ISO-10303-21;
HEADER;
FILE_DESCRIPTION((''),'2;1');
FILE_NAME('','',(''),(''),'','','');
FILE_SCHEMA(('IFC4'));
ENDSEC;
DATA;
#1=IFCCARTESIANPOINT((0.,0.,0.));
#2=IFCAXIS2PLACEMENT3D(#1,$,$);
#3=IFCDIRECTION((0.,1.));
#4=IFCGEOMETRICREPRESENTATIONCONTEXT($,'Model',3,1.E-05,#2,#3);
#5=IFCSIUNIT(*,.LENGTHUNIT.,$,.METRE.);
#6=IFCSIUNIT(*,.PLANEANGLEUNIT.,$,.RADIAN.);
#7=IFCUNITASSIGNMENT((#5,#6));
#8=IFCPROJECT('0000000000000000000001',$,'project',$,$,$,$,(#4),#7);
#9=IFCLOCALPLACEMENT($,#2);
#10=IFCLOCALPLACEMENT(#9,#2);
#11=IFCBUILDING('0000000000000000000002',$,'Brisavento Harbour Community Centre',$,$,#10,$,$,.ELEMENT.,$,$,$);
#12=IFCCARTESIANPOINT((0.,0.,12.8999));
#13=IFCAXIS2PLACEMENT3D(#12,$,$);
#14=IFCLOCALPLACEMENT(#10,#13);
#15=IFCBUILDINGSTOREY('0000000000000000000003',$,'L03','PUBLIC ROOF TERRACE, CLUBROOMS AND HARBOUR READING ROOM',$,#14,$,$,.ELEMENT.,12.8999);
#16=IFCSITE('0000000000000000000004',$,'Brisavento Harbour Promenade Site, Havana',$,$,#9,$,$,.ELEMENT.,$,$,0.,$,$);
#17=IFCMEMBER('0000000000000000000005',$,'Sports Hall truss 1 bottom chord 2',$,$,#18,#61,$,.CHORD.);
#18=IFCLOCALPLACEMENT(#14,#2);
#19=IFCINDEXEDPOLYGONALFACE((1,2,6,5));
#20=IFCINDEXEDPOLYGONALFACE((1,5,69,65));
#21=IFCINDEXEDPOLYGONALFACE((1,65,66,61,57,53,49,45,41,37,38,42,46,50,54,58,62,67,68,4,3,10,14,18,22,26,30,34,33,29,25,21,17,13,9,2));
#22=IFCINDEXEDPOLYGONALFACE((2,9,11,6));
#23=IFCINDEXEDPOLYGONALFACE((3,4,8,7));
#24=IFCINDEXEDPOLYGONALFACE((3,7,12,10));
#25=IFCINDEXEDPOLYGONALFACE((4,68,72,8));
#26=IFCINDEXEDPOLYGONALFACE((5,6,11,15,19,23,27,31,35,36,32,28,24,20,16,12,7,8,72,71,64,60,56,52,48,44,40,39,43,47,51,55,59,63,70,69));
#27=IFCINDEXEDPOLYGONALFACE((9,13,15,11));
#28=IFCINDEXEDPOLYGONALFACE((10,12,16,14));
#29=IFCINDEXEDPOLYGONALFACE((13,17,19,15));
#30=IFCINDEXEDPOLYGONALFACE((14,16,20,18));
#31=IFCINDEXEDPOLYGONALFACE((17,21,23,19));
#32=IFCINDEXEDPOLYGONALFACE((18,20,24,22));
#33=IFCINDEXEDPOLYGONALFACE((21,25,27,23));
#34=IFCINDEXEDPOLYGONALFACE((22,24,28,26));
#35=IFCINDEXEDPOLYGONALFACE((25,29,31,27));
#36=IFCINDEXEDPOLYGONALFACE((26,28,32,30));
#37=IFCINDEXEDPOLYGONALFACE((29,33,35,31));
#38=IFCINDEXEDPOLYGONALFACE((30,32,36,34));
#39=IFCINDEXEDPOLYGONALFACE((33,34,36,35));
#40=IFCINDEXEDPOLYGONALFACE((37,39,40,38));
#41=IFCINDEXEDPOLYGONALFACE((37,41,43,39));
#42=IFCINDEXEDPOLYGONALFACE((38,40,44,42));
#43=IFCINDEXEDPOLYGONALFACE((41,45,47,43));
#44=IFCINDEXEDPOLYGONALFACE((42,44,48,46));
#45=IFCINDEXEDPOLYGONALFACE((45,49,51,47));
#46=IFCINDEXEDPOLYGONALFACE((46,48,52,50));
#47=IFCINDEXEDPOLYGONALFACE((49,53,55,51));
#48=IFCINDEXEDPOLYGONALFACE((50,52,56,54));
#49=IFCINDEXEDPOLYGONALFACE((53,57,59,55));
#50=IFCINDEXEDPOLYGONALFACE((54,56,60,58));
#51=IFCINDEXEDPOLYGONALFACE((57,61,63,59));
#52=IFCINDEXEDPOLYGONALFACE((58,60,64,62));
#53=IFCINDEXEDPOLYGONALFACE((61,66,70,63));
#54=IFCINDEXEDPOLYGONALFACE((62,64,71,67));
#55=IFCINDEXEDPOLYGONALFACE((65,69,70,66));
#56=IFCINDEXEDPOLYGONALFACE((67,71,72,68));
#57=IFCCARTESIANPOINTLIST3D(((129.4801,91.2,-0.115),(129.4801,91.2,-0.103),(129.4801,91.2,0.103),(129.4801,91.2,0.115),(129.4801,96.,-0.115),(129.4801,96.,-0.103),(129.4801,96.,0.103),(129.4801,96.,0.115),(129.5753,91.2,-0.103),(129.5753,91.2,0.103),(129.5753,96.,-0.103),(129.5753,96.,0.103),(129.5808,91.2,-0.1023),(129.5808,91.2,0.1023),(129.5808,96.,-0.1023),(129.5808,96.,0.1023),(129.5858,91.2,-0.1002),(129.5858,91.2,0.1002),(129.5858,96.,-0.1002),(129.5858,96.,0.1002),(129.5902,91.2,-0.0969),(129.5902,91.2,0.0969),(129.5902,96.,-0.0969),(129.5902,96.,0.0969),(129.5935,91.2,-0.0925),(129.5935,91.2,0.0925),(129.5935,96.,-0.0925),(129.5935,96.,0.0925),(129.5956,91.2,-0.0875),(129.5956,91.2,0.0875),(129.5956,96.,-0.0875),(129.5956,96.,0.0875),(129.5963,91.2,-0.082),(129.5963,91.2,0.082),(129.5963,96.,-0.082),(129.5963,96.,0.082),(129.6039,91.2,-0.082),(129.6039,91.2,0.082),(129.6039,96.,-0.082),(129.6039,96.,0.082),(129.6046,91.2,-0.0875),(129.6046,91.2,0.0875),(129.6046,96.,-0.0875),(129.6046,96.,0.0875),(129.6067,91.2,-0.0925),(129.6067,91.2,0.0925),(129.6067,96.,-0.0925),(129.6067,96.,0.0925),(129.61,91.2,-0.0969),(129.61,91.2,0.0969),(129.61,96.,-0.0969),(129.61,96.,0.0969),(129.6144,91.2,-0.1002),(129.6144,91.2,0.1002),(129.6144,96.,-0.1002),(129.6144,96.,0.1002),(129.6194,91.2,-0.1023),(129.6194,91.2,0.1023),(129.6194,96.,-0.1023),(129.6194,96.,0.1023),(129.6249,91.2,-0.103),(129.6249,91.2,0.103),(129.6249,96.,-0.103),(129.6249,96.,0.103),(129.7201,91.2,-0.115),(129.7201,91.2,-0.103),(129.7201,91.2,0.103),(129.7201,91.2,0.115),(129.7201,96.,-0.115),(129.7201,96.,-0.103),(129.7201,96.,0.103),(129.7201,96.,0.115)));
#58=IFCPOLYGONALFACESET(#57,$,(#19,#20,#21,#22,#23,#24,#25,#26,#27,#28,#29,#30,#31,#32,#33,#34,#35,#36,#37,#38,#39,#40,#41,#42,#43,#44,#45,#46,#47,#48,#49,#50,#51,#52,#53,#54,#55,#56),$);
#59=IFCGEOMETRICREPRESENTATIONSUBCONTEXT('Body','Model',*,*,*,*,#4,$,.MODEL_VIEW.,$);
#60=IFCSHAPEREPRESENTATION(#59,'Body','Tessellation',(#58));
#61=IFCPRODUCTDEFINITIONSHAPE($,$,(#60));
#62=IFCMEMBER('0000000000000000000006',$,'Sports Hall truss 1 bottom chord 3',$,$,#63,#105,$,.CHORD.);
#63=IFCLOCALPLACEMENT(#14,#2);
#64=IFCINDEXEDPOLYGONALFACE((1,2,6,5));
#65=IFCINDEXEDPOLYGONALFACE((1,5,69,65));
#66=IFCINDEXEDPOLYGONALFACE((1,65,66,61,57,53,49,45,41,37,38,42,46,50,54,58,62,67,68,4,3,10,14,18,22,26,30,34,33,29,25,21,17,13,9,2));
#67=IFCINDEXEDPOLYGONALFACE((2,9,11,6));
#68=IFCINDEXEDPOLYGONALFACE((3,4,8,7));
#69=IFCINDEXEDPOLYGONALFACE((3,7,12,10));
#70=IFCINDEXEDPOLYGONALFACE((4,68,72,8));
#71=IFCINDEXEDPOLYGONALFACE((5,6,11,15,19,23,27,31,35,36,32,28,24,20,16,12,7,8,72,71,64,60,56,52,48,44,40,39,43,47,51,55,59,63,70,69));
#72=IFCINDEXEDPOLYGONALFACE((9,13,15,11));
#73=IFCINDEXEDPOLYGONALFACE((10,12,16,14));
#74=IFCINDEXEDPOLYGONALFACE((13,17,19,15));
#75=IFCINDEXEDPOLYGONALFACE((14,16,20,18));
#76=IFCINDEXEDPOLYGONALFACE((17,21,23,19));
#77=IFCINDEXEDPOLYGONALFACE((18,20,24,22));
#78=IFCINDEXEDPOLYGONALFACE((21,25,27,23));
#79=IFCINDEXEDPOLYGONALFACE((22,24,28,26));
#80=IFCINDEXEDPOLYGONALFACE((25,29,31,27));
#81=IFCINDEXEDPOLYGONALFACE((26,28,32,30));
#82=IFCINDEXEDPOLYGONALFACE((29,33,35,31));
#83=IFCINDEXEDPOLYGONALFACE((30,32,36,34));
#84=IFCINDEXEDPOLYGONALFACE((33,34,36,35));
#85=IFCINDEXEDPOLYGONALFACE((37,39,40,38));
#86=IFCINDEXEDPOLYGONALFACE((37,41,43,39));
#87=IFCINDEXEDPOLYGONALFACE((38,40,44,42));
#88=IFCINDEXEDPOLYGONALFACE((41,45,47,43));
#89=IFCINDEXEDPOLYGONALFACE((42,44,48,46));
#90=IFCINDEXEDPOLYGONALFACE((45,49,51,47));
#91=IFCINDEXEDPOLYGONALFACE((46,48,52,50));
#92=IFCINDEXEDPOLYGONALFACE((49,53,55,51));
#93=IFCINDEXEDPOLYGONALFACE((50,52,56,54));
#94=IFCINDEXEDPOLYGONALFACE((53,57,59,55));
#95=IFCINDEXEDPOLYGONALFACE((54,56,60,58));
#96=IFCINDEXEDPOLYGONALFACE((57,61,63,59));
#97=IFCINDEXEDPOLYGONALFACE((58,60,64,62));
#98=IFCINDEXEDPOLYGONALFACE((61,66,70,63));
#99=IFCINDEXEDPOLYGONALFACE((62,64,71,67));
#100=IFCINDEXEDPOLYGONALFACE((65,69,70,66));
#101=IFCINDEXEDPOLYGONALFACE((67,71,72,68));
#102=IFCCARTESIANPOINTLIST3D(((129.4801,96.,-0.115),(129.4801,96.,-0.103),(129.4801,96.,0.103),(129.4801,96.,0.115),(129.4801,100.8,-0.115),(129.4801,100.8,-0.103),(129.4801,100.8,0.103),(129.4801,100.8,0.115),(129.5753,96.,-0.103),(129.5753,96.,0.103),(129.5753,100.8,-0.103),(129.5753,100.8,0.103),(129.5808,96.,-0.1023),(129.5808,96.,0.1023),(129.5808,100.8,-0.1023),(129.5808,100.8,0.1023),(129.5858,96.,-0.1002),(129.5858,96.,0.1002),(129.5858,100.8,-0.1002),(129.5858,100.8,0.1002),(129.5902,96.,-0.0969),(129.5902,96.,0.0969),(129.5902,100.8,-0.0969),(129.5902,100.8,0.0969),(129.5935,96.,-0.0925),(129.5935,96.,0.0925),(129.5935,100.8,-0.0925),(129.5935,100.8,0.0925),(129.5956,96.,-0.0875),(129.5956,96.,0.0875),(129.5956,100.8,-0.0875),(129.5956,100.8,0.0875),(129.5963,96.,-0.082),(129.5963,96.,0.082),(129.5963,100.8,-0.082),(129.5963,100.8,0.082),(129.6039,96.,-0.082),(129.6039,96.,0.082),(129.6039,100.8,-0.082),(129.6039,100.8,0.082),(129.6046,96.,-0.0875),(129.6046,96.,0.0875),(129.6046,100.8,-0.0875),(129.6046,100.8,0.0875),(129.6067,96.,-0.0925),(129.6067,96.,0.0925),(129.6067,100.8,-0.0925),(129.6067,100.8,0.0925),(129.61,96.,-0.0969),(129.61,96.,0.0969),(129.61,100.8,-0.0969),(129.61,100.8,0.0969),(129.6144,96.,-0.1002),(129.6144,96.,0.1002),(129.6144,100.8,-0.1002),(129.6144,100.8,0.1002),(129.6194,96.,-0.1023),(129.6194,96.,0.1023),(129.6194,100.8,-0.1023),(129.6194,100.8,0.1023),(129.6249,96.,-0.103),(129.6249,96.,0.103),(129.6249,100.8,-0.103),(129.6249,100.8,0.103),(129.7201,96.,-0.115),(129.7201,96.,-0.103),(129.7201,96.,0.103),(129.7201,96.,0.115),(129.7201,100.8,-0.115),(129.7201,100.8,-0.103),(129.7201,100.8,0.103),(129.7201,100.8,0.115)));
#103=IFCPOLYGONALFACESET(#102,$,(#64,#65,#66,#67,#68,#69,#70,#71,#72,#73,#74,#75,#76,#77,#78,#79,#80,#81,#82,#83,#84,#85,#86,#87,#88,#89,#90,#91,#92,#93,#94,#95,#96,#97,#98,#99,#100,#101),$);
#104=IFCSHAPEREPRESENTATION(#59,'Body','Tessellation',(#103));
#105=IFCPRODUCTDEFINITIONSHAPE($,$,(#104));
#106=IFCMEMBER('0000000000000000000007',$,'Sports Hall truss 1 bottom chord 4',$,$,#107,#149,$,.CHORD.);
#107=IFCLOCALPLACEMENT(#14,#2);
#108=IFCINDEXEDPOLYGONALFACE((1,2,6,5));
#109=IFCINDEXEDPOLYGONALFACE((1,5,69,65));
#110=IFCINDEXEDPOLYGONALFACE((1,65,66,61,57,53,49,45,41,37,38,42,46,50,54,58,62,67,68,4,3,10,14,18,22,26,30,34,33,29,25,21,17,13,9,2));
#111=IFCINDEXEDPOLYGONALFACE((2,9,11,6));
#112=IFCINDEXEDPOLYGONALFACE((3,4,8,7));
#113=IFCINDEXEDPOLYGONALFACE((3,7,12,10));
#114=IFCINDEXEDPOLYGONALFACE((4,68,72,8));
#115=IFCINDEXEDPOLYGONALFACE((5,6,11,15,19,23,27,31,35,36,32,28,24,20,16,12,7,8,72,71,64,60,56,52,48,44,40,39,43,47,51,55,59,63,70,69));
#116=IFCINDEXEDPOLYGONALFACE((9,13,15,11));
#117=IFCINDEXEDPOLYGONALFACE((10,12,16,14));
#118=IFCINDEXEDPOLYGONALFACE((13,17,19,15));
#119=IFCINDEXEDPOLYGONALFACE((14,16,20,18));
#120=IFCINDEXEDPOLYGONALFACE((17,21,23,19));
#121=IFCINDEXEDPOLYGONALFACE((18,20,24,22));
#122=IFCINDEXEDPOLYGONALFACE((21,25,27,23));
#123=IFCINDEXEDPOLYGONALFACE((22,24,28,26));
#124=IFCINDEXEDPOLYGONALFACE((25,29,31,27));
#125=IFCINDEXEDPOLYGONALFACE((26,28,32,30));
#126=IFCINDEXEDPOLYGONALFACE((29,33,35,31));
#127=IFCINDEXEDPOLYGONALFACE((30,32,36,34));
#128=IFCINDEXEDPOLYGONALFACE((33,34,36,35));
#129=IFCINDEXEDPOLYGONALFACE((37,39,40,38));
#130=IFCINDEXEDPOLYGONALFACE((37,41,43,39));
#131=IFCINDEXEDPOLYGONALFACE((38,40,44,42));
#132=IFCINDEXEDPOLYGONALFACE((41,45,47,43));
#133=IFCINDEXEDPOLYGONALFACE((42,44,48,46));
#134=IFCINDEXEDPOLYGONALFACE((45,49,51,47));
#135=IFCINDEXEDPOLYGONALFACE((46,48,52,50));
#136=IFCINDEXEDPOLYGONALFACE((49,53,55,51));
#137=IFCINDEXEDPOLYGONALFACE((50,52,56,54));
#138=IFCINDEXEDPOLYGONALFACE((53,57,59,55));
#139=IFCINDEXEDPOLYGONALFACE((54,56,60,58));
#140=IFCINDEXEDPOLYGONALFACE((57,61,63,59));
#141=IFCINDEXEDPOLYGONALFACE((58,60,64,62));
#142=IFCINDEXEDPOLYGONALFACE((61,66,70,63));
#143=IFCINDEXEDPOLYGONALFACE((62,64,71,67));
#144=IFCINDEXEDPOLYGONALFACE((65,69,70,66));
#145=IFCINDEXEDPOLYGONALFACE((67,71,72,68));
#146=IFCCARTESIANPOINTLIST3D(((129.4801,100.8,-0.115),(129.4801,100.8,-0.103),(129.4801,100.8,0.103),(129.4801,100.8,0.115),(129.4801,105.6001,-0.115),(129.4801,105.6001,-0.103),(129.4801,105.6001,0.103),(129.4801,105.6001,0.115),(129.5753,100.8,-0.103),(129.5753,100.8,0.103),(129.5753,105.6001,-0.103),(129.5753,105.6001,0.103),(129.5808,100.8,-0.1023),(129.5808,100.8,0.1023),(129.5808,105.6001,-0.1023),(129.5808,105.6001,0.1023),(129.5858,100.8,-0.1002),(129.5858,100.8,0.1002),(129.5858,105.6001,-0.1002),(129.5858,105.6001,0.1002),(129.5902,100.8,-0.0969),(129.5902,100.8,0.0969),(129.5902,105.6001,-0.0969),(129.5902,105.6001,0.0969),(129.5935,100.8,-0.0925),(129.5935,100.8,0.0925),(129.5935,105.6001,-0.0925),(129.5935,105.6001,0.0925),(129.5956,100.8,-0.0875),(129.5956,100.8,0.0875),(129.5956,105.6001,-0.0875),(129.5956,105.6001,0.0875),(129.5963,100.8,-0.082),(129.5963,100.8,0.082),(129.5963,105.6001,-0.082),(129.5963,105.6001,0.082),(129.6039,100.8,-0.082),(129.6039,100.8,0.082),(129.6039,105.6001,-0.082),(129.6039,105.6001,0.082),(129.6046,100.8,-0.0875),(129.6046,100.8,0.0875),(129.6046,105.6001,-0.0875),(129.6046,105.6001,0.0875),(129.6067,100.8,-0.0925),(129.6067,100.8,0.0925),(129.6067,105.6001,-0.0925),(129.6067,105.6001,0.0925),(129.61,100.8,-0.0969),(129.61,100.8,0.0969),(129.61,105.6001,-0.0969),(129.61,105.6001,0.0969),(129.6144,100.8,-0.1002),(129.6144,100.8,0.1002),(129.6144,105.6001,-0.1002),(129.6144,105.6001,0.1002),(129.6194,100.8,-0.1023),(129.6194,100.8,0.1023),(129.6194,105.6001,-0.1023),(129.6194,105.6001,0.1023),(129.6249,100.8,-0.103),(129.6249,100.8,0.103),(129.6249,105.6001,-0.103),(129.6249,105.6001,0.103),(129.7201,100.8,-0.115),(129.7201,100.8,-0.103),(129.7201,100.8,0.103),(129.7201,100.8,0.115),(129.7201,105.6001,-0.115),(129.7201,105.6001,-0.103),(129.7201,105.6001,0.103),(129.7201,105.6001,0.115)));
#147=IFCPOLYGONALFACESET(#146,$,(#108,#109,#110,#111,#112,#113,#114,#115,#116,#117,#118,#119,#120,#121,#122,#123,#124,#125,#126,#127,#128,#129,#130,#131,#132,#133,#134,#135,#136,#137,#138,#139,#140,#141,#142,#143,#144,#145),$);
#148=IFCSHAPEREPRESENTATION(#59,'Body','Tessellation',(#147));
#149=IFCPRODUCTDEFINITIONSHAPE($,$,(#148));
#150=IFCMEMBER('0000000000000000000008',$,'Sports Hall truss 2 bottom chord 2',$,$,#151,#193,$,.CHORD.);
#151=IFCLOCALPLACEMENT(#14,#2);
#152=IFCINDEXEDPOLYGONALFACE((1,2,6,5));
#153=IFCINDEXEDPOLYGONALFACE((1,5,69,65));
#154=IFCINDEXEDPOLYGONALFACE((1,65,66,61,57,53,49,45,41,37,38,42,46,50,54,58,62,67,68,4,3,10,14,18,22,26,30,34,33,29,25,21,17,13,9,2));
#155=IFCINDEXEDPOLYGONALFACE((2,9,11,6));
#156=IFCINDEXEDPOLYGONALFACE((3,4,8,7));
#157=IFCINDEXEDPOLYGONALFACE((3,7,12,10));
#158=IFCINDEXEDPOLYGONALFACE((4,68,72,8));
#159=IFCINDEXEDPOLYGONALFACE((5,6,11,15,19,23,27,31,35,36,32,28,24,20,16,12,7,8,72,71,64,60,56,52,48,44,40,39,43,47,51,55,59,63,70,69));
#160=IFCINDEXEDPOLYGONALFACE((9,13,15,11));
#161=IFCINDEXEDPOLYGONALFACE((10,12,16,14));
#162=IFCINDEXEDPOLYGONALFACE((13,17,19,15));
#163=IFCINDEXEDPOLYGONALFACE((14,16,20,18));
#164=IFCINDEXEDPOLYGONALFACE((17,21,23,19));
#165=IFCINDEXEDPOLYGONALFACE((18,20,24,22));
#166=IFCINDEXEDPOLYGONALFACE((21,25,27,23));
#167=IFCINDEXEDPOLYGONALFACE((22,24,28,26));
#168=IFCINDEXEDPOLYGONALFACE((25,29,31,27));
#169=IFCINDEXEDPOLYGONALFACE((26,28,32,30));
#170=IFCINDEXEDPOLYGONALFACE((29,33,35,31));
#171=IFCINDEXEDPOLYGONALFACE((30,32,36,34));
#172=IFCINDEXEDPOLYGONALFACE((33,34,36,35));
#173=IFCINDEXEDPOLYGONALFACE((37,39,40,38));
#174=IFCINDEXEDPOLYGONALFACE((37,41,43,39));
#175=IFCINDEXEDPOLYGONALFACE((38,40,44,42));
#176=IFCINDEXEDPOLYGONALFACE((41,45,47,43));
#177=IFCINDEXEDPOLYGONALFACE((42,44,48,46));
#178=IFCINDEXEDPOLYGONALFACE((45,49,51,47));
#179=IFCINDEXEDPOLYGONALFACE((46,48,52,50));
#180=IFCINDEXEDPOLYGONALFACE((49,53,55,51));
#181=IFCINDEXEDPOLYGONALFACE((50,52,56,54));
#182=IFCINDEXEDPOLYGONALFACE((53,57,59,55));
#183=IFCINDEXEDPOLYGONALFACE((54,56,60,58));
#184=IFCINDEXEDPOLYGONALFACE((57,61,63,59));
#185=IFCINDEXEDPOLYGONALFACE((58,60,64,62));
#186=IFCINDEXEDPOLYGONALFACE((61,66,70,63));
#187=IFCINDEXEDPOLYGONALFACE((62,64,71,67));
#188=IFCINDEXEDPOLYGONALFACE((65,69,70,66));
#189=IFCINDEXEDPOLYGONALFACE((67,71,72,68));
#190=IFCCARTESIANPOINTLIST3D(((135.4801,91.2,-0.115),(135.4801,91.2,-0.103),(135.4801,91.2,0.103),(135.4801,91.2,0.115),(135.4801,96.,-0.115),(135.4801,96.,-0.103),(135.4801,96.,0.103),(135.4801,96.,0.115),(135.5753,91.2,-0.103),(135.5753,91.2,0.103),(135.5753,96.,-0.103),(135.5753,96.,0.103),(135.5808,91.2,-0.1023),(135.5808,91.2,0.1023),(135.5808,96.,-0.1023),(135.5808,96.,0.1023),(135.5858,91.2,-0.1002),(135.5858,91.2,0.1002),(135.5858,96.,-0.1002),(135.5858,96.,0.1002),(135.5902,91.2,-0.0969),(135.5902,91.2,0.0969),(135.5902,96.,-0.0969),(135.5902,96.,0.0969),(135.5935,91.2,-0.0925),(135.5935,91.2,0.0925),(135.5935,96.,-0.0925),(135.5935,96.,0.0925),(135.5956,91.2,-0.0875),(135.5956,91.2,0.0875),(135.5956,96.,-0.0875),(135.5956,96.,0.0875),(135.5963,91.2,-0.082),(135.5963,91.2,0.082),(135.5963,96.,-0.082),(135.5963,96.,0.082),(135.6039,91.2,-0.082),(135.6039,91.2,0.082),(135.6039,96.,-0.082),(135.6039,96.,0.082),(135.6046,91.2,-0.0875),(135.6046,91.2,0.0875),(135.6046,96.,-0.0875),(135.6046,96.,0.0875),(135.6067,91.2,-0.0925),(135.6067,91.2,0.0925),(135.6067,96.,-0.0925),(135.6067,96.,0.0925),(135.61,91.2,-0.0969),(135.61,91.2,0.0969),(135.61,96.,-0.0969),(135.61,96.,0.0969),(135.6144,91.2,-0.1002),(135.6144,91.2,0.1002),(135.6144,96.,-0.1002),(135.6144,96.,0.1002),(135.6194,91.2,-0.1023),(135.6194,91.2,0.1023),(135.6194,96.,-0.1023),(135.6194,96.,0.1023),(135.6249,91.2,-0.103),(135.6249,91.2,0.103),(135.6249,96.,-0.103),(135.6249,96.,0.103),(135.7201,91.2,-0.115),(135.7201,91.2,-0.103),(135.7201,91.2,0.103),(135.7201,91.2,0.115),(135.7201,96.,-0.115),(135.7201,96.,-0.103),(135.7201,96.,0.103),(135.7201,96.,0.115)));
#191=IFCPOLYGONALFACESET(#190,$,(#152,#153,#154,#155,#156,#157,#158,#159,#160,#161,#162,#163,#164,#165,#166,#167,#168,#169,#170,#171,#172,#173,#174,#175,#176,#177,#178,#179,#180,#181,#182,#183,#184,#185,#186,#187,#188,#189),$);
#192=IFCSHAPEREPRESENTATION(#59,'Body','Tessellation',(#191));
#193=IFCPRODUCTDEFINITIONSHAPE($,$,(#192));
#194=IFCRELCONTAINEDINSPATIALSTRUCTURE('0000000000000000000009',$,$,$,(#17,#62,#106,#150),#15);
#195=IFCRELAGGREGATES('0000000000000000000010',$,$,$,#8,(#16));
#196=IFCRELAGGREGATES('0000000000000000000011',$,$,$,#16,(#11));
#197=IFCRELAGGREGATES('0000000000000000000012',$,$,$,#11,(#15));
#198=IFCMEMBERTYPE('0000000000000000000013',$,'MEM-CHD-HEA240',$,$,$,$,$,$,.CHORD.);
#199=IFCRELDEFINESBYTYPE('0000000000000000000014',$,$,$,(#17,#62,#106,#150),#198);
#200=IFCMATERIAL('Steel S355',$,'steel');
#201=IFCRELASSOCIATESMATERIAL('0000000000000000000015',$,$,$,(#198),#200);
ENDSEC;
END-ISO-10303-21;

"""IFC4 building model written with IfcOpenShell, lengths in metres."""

from ifc_helpers import new_model, si_unit, direction, frame, origin, origin_2d, place, context, subcontext, project, spatial, i_section, extrude, material, material_profile, profile_set, type_object, element, save


model = new_model("IFC4")

# Units and contexts
model_context = context("Model", 3, precision=1e-05, world=origin(), true_north=direction((0.0, 1.0)))
body_context = subcontext(model_context, "Body", "Model", "MODEL_VIEW")
ifc_project = project(units=[si_unit("LENGTHUNIT", "METRE"), si_unit("PLANEANGLEUNIT", "RADIAN")], contexts=[model_context])

# Site, building, storey
site_placement = place(None, origin())
site = spatial("IfcSite", under=ifc_project, at=site_placement, Name="Brisavento Harbour Promenade Site, Havana", CompositionType="ELEMENT", RefElevation=0.0)
building_placement = place(site_placement, origin())
building = spatial("IfcBuilding", under=site, at=building_placement, Name="Brisavento Harbour Community Centre", CompositionType="ELEMENT")
storey_placement = place(building_placement, frame((0.0, 0.0, 12.8999)))
storey = spatial("IfcBuildingStorey", under=building, at=storey_placement, Name="L03", Description="PUBLIC ROOF TERRACE, CLUBROOMS AND HARBOUR READING ROOM", CompositionType="ELEMENT", Elevation=12.8999)

# Members
ifc_material_1 = material(Name="Steel S355", Category="steel")
ifc_material_profile_1 = material_profile(ifc_material_1, i_section(OverallWidth=0.24, OverallDepth=0.23, WebThickness=0.0076, FlangeThickness=0.012, FilletRadius=0.021, at=origin_2d()), Name="Steel S355")
ifc_profile_set_1 = profile_set([ifc_material_profile_1], Name="Steel S355")
member_type_1 = type_object("IfcMemberType", Name="MEM-CHD-HEA240", PredefinedType="CHORD", material=ifc_profile_set_1)
for number, where, z_axis, x_axis, name in (
    (1, (129.6001, 91.2, 0.0), (0.0, 1.0, 0.0), (-1.0, 0.0, 0.0), "Sports Hall truss 1 bottom chord 2"),
    (2, (129.6001, 96.0, 0.0), (0.0, 1.0, 0.0), (-1.0, 0.0, 0.0), "Sports Hall truss 1 bottom chord 3"),
    (3, (129.6001, 100.8, 0.0), (0.0, 1.0, 0.0), (-1.0, 0.0, 0.0), "Sports Hall truss 1 bottom chord 4"),
    (4, (135.6001, 91.2, 0.0), (0.0, 1.0, 0.0), (-1.0, 0.0, 0.0), "Sports Hall truss 2 bottom chord 2"),
):
    element("IfcMember", number, at=place(storey_placement, frame(where, z_axis=z_axis, x_axis=x_axis)), inside=storey, type_object=member_type_1, Name=name, PredefinedType="CHORD", context=body_context, shape_type="SweptSolid", body=[
        extrude(i_section(OverallWidth=0.24, OverallDepth=0.23, WebThickness=0.0076, FlangeThickness=0.012, FilletRadius=0.021, at=origin_2d()), origin(), (0.0, 0.0, 1.0), 4.8),
    ])

save(model, "model.ifc")
